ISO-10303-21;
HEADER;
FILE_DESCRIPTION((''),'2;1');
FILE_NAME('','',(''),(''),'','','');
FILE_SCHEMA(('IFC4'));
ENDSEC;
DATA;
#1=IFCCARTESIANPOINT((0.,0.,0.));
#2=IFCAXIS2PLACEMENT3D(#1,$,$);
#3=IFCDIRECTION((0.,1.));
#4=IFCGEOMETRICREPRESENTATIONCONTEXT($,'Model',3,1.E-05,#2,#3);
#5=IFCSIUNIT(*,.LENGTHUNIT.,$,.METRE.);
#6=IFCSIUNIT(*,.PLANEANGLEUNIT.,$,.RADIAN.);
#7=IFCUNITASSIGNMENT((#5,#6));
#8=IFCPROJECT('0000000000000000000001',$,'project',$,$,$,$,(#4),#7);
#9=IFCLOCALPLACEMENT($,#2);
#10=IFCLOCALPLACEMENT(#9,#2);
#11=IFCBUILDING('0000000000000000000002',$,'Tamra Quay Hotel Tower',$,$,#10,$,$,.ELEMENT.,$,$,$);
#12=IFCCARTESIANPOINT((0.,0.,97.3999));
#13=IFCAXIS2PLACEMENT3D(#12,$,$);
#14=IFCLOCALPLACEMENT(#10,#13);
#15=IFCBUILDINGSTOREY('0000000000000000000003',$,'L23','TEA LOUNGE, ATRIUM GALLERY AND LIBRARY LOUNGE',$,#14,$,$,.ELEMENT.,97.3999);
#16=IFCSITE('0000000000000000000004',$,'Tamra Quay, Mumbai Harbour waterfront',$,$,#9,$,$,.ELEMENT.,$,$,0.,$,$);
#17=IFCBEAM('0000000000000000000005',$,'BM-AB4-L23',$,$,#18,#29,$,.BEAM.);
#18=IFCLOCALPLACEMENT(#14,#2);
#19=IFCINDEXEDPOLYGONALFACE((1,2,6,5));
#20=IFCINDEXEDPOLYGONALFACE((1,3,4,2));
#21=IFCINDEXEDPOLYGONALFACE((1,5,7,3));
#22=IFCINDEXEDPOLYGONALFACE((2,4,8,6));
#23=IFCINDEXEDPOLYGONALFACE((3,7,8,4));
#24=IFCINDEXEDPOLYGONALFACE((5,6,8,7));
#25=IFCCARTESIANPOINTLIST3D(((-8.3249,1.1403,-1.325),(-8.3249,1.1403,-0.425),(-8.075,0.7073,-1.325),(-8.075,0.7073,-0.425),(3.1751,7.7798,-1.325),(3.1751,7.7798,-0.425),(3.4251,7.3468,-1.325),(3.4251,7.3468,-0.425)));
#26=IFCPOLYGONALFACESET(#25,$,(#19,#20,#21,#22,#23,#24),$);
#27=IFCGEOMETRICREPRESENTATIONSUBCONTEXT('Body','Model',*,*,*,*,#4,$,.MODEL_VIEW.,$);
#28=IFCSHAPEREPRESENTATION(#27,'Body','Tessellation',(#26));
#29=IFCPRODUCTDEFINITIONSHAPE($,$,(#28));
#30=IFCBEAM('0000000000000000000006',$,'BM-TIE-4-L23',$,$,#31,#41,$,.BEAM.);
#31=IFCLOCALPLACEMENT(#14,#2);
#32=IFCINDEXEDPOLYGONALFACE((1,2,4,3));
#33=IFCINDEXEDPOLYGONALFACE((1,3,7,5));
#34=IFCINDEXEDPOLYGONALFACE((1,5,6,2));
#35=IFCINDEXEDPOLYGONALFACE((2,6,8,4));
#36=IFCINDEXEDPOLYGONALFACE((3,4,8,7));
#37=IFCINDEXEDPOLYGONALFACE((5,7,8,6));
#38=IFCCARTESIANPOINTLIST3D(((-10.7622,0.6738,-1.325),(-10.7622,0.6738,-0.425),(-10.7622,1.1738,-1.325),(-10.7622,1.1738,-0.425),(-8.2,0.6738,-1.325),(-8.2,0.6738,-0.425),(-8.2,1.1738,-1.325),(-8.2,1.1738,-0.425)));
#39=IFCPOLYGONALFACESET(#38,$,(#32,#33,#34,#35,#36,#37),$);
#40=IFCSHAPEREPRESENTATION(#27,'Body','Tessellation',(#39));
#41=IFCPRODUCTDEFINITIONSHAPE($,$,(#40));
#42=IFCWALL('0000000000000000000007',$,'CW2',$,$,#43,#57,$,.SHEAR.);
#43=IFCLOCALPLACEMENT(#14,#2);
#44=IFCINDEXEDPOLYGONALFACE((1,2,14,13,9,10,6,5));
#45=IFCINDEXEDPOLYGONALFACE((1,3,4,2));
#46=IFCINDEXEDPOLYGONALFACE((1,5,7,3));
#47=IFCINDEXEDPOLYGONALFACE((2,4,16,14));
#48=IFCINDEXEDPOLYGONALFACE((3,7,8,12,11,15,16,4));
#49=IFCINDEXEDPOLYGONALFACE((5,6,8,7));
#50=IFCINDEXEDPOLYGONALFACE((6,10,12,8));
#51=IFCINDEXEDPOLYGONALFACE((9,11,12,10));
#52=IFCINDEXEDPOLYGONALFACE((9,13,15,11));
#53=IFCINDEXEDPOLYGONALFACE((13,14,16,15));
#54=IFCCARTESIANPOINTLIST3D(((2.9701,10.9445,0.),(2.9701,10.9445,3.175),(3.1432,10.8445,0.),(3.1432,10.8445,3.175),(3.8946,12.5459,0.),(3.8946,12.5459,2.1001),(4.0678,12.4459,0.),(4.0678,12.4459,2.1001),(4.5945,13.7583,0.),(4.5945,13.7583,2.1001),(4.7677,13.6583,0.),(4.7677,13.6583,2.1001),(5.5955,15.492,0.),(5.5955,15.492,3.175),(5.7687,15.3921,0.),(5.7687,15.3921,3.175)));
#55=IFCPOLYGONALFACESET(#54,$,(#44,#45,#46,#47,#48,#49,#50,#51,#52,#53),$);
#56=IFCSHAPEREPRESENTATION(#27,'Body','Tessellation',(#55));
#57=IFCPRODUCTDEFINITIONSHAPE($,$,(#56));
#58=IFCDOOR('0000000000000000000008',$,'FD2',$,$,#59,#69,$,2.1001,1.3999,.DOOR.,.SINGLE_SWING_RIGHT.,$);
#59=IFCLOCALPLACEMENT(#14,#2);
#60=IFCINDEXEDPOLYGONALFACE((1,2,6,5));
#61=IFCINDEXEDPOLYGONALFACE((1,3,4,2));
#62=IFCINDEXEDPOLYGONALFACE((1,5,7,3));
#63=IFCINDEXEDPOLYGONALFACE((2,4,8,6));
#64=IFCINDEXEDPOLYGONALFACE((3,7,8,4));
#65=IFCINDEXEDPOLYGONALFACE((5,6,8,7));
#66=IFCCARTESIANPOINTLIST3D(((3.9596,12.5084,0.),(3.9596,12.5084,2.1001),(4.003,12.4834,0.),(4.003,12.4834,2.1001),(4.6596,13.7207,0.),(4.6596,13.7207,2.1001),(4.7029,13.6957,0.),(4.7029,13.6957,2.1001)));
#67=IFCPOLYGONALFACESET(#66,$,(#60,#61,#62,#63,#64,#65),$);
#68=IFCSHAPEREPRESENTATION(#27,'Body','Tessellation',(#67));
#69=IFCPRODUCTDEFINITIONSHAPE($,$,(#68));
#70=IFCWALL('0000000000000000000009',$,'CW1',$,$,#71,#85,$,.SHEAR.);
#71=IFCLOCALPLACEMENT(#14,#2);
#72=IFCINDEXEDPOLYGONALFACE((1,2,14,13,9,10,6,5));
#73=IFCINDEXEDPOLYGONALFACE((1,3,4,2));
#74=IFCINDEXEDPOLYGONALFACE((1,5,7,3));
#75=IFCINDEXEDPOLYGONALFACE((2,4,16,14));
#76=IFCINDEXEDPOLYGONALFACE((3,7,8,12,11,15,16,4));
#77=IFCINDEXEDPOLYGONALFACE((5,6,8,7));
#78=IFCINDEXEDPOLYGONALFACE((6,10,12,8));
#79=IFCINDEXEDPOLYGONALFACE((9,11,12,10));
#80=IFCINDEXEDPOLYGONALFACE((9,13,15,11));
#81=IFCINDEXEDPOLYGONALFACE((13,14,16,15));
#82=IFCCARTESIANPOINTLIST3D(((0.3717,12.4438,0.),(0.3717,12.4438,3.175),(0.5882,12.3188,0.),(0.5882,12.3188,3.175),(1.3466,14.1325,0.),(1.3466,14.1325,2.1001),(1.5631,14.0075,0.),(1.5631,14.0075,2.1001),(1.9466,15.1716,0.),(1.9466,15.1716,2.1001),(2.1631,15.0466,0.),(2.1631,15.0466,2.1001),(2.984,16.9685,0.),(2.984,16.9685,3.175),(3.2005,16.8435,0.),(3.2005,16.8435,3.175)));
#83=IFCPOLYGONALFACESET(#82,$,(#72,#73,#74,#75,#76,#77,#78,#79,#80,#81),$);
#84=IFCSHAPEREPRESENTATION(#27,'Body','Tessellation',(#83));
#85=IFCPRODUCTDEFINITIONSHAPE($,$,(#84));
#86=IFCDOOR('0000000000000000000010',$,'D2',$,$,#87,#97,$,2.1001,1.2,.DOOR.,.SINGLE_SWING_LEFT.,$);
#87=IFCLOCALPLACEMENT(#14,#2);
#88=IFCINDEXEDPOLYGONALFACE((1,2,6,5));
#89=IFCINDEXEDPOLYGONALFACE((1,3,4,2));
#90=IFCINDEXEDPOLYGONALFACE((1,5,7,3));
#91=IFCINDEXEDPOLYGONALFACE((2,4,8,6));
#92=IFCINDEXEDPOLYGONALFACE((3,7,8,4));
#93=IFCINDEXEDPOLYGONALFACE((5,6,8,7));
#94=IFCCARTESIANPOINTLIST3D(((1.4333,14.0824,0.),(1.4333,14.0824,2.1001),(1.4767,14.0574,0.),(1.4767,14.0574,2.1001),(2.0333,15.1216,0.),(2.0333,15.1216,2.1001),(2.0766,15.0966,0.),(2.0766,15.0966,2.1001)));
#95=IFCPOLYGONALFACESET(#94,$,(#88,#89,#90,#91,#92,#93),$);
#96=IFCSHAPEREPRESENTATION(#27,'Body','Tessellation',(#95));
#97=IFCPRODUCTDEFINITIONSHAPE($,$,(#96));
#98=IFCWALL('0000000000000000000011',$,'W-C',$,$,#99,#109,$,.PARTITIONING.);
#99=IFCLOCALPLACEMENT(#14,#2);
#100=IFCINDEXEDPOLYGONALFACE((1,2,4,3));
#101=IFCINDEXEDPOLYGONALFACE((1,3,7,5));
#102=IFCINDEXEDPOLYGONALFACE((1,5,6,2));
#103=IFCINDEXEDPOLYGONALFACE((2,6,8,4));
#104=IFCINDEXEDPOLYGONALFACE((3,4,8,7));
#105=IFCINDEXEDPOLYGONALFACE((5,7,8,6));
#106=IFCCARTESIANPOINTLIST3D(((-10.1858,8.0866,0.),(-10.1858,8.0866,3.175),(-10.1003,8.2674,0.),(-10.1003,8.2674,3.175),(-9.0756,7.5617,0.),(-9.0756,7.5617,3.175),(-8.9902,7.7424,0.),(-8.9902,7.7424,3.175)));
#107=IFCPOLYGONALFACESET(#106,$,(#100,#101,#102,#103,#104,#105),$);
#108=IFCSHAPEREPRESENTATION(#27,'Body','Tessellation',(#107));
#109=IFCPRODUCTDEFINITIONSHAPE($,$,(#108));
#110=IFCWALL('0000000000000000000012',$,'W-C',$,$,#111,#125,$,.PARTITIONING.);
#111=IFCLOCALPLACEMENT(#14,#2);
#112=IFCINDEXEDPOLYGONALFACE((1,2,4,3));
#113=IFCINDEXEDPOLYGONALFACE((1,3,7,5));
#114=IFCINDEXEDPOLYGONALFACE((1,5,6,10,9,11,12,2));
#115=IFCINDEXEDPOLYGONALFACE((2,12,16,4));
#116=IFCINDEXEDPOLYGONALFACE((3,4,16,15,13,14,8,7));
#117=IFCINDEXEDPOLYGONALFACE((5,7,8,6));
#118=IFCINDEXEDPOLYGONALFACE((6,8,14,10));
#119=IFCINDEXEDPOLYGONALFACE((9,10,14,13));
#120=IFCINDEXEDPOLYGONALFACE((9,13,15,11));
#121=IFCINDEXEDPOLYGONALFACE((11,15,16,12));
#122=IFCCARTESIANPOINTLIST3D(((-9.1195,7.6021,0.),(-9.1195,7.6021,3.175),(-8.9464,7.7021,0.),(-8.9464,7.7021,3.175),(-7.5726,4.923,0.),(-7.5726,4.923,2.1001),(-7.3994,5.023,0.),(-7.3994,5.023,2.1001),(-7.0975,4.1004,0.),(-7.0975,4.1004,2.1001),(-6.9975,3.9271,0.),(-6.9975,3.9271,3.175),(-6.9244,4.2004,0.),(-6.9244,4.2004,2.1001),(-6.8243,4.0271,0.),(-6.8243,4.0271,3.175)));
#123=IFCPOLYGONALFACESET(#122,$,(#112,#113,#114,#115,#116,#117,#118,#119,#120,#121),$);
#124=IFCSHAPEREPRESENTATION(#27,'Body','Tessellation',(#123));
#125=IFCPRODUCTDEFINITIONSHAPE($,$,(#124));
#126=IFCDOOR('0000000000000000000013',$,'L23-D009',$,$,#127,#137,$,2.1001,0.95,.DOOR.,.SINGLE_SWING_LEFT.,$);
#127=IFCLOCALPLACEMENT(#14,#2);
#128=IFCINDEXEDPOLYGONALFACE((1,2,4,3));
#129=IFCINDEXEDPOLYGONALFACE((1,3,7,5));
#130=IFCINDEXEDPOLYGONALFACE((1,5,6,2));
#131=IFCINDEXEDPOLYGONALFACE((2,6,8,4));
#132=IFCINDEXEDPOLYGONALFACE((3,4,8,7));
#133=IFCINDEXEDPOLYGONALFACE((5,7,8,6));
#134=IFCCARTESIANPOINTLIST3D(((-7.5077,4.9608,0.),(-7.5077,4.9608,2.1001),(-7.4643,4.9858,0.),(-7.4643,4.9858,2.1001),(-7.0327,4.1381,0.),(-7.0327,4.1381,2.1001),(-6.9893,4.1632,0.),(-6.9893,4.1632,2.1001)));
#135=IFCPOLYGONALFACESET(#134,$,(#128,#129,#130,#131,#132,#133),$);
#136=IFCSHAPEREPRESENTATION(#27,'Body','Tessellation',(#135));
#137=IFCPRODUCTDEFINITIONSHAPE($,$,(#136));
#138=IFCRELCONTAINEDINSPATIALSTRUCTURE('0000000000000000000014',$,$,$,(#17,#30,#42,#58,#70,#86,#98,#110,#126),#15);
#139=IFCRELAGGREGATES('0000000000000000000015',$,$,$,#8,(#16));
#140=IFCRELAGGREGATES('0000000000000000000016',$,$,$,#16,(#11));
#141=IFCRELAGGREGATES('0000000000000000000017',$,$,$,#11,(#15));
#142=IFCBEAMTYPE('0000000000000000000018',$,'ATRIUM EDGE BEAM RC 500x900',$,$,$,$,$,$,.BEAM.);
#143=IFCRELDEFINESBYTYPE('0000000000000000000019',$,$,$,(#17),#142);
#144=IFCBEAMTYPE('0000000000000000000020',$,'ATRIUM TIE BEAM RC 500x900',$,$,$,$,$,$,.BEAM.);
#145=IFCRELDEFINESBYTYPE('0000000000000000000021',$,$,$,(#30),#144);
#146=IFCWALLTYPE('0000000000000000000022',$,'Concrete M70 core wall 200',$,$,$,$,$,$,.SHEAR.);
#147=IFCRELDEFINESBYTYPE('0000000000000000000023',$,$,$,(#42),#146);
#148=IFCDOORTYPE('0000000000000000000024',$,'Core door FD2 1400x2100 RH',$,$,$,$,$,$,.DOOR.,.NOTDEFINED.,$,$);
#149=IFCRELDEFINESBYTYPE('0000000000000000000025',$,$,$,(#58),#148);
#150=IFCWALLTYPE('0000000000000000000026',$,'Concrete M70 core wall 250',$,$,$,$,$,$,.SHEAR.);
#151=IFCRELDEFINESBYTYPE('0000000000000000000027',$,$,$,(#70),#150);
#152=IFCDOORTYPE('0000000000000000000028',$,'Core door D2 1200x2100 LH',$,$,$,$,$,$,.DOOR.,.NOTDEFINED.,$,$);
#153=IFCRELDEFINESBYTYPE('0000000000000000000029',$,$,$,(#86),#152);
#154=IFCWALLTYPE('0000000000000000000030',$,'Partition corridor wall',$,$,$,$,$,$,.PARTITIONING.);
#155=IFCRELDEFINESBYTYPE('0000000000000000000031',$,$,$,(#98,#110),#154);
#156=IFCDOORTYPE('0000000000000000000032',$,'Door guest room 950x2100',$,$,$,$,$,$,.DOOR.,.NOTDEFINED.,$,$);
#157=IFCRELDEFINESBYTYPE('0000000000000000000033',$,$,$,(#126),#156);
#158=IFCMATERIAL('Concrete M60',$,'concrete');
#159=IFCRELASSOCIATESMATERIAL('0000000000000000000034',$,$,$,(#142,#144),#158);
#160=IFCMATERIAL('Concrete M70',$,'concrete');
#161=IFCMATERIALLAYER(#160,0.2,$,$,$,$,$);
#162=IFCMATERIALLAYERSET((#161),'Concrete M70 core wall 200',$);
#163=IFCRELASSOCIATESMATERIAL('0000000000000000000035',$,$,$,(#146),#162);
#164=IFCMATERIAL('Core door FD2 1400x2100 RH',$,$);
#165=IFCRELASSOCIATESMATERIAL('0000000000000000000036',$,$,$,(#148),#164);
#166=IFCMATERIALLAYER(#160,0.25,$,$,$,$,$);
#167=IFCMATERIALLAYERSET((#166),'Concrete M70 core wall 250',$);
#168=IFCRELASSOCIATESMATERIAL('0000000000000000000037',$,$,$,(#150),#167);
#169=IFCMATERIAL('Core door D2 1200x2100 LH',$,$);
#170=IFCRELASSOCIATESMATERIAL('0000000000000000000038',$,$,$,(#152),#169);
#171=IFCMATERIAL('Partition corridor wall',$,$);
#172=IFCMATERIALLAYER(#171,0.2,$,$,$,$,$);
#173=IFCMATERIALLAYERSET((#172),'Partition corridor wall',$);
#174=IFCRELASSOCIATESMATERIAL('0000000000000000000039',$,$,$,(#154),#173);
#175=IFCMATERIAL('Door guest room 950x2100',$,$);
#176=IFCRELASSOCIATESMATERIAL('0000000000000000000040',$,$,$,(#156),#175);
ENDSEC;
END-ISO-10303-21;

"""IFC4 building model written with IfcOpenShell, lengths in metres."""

from ifc_helpers import new_model, si_unit, direction, frame, frame_2d, origin, origin_2d, place, context, subcontext, project, spatial, rectangle, extrude, material, layer, layer_set, material_profile, profile_set, type_object, element, fill, save


model = new_model("IFC4")

# Units and contexts
model_context = context("Model", 3, precision=1e-05, world=origin(), true_north=direction((0.0, 1.0)))
body_context = subcontext(model_context, "Body", "Model", "MODEL_VIEW")
ifc_project = project(units=[si_unit("LENGTHUNIT", "METRE"), si_unit("PLANEANGLEUNIT", "RADIAN")], contexts=[model_context])

# Site, building, storey
site_placement = place(None, origin())
site = spatial("IfcSite", under=ifc_project, at=site_placement, Name="Tamra Quay, Mumbai Harbour waterfront", CompositionType="ELEMENT", RefElevation=0.0)
building_placement = place(site_placement, origin())
building = spatial("IfcBuilding", under=site, at=building_placement, Name="Tamra Quay Hotel Tower", CompositionType="ELEMENT")
storey_placement = place(building_placement, frame((0.0, 0.0, 97.3999)))
storey = spatial("IfcBuildingStorey", under=building, at=storey_placement, Name="L23", Description="TEA LOUNGE, ATRIUM GALLERY AND LIBRARY LOUNGE", CompositionType="ELEMENT", Elevation=97.3999)

# Beams
ifc_material_1 = material(Name="Concrete M60", Category="concrete")
ifc_material_profile_1 = material_profile(ifc_material_1, rectangle(XDim=0.5, YDim=0.8999, at=origin_2d()), Name="ATRIUM EDGE BEAM RC 500x900")
ifc_profile_set_1 = profile_set([ifc_material_profile_1], Name="Concrete M60")
beam_type_1 = type_object("IfcBeamType", Name="ATRIUM EDGE BEAM RC 500x900", PredefinedType="BEAM", material=ifc_profile_set_1)
beam_1_placement = place(storey_placement, frame((-8.2, 0.9238, -0.875), z_axis=(0.866029, 0.499993, 0.0), x_axis=(-0.499993, 0.866029, 0.0)))
element("IfcBeam", 1, at=beam_1_placement, inside=storey, type_object=beam_type_1, Name="BM-AB4-L23", PredefinedType="BEAM", context=body_context, shape_type="SweptSolid", body=[
    extrude(rectangle(XDim=0.5, YDim=0.8999, at=origin_2d()), origin(), (0.0, 0.0, 1.0), 13.2791),
])
ifc_material_profile_2 = material_profile(ifc_material_1, rectangle(XDim=0.5, YDim=0.8999, at=origin_2d()), Name="ATRIUM TIE BEAM RC 500x900")
ifc_profile_set_2 = profile_set([ifc_material_profile_2], Name="Concrete M60")
beam_type_2 = type_object("IfcBeamType", Name="ATRIUM TIE BEAM RC 500x900", PredefinedType="BEAM", material=ifc_profile_set_2)
beam_2_placement = place(storey_placement, frame((-8.2, 0.9238, -0.875), z_axis=(-1.0, 0.0, 0.0), x_axis=(0.0, -1.0, 0.0)))
element("IfcBeam", 2, at=beam_2_placement, inside=storey, type_object=beam_type_2, Name="BM-TIE-4-L23", PredefinedType="BEAM", context=body_context, shape_type="SweptSolid", body=[
    extrude(rectangle(XDim=0.5, YDim=0.8999, at=origin_2d()), origin(), (0.0, 0.0, 1.0), 2.5623),
])

# Walls, openings, doors
ifc_material_2 = material(Name="Concrete M70", Category="concrete")
ifc_layer_1 = layer(ifc_material_2, 0.2)
ifc_layer_set_1 = layer_set([ifc_layer_1], Name="Concrete M70 core wall 200")
wall_type_1 = type_object("IfcWallType", Name="Concrete M70 core wall 200", PredefinedType="SHEAR", material=ifc_layer_set_1)
wall_1_placement = place(storey_placement, frame((3.0566, 10.8945, 0.0), z_axis=(0.0, 0.0, 1.0), x_axis=(0.499989, 0.866032, 0.0)))
wall_1 = element("IfcWall", 3, at=wall_1_placement, inside=storey, type_object=wall_type_1, Name="CW2", PredefinedType="SHEAR", context=body_context, shape_type="SweptSolid", body=[
    extrude(rectangle(XDim=5.251, YDim=0.2, at=frame_2d((2.6255, 0.0))), origin(), (0.0, 0.0, 1.0), 3.175),
])
opening_1_placement = place(wall_1_placement, frame((1.8491, 0.0, 0.0)))
opening_1 = element("IfcOpeningElement", 4, at=opening_1_placement, cuts=wall_1, PredefinedType="OPENING", context=body_context, shape_type="SweptSolid", body=[
    extrude(rectangle(XDim=1.3999, YDim=2.1001, at=frame_2d((0.7, 1.05))), frame((0.0, 0.1099, 0.0), z_axis=(0.0, -1.0, 0.0), x_axis=(1.0, 0.0, 0.0)), (0.0, 0.0, 1.0), 0.22),
])
ifc_material_3 = material(Name="Core door FD2 1400x2100 RH")
door_type_1 = type_object("IfcDoorType", Name="Core door FD2 1400x2100 RH", OperationType="NOTDEFINED", PredefinedType="DOOR", material=ifc_material_3)
door_1_placement = place(opening_1_placement, origin())
door_1 = element("IfcDoor", 5, at=door_1_placement, inside=storey, type_object=door_type_1, Name="FD2", OperationType="SINGLE_SWING_RIGHT", OverallHeight=2.1001, OverallWidth=1.3999, PredefinedType="DOOR", context=body_context, shape_type="SweptSolid", body=[
    extrude(rectangle(XDim=1.3999, YDim=2.1001, at=frame_2d((0.7, 1.05))), frame((0.0, 0.0249, 0.0), z_axis=(0.0, -1.0, 0.0), x_axis=(1.0, 0.0, 0.0)), (0.0, 0.0, 1.0), 0.05),
])
fill(opening_1, door_1)
ifc_layer_2 = layer(ifc_material_2, 0.25)
ifc_layer_set_2 = layer_set([ifc_layer_2], Name="Concrete M70 core wall 250")
wall_type_2 = type_object("IfcWallType", Name="Concrete M70 core wall 250", PredefinedType="SHEAR", material=ifc_layer_set_2)
wall_2_placement = place(storey_placement, frame((0.48, 12.3813, 0.0), z_axis=(0.0, 0.0, 1.0), x_axis=(0.499999, 0.866026, 0.0)))
wall_2 = element("IfcWall", 6, at=wall_2_placement, inside=storey, type_object=wall_type_2, Name="CW1", PredefinedType="SHEAR", context=body_context, shape_type="SweptSolid", body=[
    extrude(rectangle(XDim=5.2246, YDim=0.25, at=frame_2d((2.6123, 0.0))), origin(), (0.0, 0.0, 1.0), 3.175),
])
opening_2_placement = place(wall_2_placement, frame((1.9497, 0.0, 0.0)))
opening_2 = element("IfcOpeningElement", 7, at=opening_2_placement, cuts=wall_2, PredefinedType="OPENING", context=body_context, shape_type="SweptSolid", body=[
    extrude(rectangle(XDim=1.2, YDim=2.1001, at=frame_2d((0.6001, 1.05))), frame((0.0, 0.135, 0.0), z_axis=(0.0, -1.0, 0.0), x_axis=(1.0, 0.0, 0.0)), (0.0, 0.0, 1.0), 0.27),
])
ifc_material_4 = material(Name="Core door D2 1200x2100 LH")
door_type_2 = type_object("IfcDoorType", Name="Core door D2 1200x2100 LH", OperationType="NOTDEFINED", PredefinedType="DOOR", material=ifc_material_4)
door_2_placement = place(opening_2_placement, origin())
door_2 = element("IfcDoor", 8, at=door_2_placement, inside=storey, type_object=door_type_2, Name="D2", OperationType="SINGLE_SWING_LEFT", OverallHeight=2.1001, OverallWidth=1.2, PredefinedType="DOOR", context=body_context, shape_type="SweptSolid", body=[
    extrude(rectangle(XDim=1.2, YDim=2.1001, at=frame_2d((0.6001, 1.05))), frame((0.0, 0.0249, 0.0), z_axis=(0.0, -1.0, 0.0), x_axis=(1.0, 0.0, 0.0)), (0.0, 0.0, 1.0), 0.05),
])
fill(opening_2, door_2)

# Wall
ifc_material_5 = material(Name="Partition corridor wall")
ifc_layer_3 = layer(ifc_material_5, 0.2)
ifc_layer_set_3 = layer_set([ifc_layer_3], Name="Partition corridor wall")
wall_type_3 = type_object("IfcWallType", Name="Partition corridor wall", PredefinedType="PARTITIONING", material=ifc_layer_set_3)
wall_3_placement = place(storey_placement, frame((-10.1431, 8.177, 0.0), z_axis=(0.0, 0.0, 1.0), x_axis=(0.904033, -0.427462, 0.0)))
element("IfcWall", 9, at=wall_3_placement, inside=storey, type_object=wall_type_3, Name="W-C", PredefinedType="PARTITIONING", context=body_context, shape_type="SweptSolid", body=[
    extrude(rectangle(XDim=1.228, YDim=0.2, at=frame_2d((0.614, 0.0))), origin(), (0.0, 0.0, 1.0), 3.175),
])

# Wall, opening, door
wall_4_placement = place(storey_placement, frame((-9.033, 7.6521, 0.0), z_axis=(0.0, 0.0, 1.0), x_axis=(0.500049, -0.865997, 0.0)))
wall_4 = element("IfcWall", 10, at=wall_4_placement, inside=storey, type_object=wall_type_3, Name="W-C", PredefinedType="PARTITIONING", context=body_context, shape_type="SweptSolid", body=[
    extrude(rectangle(XDim=4.2437, YDim=0.2, at=frame_2d((2.1218, 0.0))), origin(), (0.0, 0.0, 1.0), 3.175),
])
opening_3_placement = place(wall_4_placement, frame((3.0935, 0.0, 0.0)))
opening_3 = element("IfcOpeningElement", 11, at=opening_3_placement, cuts=wall_4, PredefinedType="OPENING", context=body_context, shape_type="SweptSolid", body=[
    extrude(rectangle(XDim=0.95, YDim=2.1001, at=frame_2d((0.4751, 1.05))), frame((0.0, 0.1099, 0.0), z_axis=(0.0, -1.0, 0.0), x_axis=(1.0, 0.0, 0.0)), (0.0, 0.0, 1.0), 0.22),
])
ifc_material_6 = material(Name="Door guest room 950x2100")
door_type_3 = type_object("IfcDoorType", Name="Door guest room 950x2100", OperationType="NOTDEFINED", PredefinedType="DOOR", material=ifc_material_6)
door_3_placement = place(opening_3_placement, frame((0.95, 0.0, 0.0), z_axis=(0.0, 0.0, 1.0), x_axis=(-1.0, 0.0, 0.0)))
door_3 = element("IfcDoor", 12, at=door_3_placement, inside=storey, type_object=door_type_3, Name="L23-D009", OperationType="SINGLE_SWING_LEFT", OverallHeight=2.1001, OverallWidth=0.95, PredefinedType="DOOR", context=body_context, shape_type="SweptSolid", body=[
    extrude(rectangle(XDim=0.95, YDim=2.1001, at=frame_2d((0.4751, 1.05))), frame((0.0, 0.0249, 0.0), z_axis=(0.0, -1.0, 0.0), x_axis=(1.0, 0.0, 0.0)), (0.0, 0.0, 1.0), 0.05),
])
fill(opening_3, door_3)

save(model, "model.ifc")
